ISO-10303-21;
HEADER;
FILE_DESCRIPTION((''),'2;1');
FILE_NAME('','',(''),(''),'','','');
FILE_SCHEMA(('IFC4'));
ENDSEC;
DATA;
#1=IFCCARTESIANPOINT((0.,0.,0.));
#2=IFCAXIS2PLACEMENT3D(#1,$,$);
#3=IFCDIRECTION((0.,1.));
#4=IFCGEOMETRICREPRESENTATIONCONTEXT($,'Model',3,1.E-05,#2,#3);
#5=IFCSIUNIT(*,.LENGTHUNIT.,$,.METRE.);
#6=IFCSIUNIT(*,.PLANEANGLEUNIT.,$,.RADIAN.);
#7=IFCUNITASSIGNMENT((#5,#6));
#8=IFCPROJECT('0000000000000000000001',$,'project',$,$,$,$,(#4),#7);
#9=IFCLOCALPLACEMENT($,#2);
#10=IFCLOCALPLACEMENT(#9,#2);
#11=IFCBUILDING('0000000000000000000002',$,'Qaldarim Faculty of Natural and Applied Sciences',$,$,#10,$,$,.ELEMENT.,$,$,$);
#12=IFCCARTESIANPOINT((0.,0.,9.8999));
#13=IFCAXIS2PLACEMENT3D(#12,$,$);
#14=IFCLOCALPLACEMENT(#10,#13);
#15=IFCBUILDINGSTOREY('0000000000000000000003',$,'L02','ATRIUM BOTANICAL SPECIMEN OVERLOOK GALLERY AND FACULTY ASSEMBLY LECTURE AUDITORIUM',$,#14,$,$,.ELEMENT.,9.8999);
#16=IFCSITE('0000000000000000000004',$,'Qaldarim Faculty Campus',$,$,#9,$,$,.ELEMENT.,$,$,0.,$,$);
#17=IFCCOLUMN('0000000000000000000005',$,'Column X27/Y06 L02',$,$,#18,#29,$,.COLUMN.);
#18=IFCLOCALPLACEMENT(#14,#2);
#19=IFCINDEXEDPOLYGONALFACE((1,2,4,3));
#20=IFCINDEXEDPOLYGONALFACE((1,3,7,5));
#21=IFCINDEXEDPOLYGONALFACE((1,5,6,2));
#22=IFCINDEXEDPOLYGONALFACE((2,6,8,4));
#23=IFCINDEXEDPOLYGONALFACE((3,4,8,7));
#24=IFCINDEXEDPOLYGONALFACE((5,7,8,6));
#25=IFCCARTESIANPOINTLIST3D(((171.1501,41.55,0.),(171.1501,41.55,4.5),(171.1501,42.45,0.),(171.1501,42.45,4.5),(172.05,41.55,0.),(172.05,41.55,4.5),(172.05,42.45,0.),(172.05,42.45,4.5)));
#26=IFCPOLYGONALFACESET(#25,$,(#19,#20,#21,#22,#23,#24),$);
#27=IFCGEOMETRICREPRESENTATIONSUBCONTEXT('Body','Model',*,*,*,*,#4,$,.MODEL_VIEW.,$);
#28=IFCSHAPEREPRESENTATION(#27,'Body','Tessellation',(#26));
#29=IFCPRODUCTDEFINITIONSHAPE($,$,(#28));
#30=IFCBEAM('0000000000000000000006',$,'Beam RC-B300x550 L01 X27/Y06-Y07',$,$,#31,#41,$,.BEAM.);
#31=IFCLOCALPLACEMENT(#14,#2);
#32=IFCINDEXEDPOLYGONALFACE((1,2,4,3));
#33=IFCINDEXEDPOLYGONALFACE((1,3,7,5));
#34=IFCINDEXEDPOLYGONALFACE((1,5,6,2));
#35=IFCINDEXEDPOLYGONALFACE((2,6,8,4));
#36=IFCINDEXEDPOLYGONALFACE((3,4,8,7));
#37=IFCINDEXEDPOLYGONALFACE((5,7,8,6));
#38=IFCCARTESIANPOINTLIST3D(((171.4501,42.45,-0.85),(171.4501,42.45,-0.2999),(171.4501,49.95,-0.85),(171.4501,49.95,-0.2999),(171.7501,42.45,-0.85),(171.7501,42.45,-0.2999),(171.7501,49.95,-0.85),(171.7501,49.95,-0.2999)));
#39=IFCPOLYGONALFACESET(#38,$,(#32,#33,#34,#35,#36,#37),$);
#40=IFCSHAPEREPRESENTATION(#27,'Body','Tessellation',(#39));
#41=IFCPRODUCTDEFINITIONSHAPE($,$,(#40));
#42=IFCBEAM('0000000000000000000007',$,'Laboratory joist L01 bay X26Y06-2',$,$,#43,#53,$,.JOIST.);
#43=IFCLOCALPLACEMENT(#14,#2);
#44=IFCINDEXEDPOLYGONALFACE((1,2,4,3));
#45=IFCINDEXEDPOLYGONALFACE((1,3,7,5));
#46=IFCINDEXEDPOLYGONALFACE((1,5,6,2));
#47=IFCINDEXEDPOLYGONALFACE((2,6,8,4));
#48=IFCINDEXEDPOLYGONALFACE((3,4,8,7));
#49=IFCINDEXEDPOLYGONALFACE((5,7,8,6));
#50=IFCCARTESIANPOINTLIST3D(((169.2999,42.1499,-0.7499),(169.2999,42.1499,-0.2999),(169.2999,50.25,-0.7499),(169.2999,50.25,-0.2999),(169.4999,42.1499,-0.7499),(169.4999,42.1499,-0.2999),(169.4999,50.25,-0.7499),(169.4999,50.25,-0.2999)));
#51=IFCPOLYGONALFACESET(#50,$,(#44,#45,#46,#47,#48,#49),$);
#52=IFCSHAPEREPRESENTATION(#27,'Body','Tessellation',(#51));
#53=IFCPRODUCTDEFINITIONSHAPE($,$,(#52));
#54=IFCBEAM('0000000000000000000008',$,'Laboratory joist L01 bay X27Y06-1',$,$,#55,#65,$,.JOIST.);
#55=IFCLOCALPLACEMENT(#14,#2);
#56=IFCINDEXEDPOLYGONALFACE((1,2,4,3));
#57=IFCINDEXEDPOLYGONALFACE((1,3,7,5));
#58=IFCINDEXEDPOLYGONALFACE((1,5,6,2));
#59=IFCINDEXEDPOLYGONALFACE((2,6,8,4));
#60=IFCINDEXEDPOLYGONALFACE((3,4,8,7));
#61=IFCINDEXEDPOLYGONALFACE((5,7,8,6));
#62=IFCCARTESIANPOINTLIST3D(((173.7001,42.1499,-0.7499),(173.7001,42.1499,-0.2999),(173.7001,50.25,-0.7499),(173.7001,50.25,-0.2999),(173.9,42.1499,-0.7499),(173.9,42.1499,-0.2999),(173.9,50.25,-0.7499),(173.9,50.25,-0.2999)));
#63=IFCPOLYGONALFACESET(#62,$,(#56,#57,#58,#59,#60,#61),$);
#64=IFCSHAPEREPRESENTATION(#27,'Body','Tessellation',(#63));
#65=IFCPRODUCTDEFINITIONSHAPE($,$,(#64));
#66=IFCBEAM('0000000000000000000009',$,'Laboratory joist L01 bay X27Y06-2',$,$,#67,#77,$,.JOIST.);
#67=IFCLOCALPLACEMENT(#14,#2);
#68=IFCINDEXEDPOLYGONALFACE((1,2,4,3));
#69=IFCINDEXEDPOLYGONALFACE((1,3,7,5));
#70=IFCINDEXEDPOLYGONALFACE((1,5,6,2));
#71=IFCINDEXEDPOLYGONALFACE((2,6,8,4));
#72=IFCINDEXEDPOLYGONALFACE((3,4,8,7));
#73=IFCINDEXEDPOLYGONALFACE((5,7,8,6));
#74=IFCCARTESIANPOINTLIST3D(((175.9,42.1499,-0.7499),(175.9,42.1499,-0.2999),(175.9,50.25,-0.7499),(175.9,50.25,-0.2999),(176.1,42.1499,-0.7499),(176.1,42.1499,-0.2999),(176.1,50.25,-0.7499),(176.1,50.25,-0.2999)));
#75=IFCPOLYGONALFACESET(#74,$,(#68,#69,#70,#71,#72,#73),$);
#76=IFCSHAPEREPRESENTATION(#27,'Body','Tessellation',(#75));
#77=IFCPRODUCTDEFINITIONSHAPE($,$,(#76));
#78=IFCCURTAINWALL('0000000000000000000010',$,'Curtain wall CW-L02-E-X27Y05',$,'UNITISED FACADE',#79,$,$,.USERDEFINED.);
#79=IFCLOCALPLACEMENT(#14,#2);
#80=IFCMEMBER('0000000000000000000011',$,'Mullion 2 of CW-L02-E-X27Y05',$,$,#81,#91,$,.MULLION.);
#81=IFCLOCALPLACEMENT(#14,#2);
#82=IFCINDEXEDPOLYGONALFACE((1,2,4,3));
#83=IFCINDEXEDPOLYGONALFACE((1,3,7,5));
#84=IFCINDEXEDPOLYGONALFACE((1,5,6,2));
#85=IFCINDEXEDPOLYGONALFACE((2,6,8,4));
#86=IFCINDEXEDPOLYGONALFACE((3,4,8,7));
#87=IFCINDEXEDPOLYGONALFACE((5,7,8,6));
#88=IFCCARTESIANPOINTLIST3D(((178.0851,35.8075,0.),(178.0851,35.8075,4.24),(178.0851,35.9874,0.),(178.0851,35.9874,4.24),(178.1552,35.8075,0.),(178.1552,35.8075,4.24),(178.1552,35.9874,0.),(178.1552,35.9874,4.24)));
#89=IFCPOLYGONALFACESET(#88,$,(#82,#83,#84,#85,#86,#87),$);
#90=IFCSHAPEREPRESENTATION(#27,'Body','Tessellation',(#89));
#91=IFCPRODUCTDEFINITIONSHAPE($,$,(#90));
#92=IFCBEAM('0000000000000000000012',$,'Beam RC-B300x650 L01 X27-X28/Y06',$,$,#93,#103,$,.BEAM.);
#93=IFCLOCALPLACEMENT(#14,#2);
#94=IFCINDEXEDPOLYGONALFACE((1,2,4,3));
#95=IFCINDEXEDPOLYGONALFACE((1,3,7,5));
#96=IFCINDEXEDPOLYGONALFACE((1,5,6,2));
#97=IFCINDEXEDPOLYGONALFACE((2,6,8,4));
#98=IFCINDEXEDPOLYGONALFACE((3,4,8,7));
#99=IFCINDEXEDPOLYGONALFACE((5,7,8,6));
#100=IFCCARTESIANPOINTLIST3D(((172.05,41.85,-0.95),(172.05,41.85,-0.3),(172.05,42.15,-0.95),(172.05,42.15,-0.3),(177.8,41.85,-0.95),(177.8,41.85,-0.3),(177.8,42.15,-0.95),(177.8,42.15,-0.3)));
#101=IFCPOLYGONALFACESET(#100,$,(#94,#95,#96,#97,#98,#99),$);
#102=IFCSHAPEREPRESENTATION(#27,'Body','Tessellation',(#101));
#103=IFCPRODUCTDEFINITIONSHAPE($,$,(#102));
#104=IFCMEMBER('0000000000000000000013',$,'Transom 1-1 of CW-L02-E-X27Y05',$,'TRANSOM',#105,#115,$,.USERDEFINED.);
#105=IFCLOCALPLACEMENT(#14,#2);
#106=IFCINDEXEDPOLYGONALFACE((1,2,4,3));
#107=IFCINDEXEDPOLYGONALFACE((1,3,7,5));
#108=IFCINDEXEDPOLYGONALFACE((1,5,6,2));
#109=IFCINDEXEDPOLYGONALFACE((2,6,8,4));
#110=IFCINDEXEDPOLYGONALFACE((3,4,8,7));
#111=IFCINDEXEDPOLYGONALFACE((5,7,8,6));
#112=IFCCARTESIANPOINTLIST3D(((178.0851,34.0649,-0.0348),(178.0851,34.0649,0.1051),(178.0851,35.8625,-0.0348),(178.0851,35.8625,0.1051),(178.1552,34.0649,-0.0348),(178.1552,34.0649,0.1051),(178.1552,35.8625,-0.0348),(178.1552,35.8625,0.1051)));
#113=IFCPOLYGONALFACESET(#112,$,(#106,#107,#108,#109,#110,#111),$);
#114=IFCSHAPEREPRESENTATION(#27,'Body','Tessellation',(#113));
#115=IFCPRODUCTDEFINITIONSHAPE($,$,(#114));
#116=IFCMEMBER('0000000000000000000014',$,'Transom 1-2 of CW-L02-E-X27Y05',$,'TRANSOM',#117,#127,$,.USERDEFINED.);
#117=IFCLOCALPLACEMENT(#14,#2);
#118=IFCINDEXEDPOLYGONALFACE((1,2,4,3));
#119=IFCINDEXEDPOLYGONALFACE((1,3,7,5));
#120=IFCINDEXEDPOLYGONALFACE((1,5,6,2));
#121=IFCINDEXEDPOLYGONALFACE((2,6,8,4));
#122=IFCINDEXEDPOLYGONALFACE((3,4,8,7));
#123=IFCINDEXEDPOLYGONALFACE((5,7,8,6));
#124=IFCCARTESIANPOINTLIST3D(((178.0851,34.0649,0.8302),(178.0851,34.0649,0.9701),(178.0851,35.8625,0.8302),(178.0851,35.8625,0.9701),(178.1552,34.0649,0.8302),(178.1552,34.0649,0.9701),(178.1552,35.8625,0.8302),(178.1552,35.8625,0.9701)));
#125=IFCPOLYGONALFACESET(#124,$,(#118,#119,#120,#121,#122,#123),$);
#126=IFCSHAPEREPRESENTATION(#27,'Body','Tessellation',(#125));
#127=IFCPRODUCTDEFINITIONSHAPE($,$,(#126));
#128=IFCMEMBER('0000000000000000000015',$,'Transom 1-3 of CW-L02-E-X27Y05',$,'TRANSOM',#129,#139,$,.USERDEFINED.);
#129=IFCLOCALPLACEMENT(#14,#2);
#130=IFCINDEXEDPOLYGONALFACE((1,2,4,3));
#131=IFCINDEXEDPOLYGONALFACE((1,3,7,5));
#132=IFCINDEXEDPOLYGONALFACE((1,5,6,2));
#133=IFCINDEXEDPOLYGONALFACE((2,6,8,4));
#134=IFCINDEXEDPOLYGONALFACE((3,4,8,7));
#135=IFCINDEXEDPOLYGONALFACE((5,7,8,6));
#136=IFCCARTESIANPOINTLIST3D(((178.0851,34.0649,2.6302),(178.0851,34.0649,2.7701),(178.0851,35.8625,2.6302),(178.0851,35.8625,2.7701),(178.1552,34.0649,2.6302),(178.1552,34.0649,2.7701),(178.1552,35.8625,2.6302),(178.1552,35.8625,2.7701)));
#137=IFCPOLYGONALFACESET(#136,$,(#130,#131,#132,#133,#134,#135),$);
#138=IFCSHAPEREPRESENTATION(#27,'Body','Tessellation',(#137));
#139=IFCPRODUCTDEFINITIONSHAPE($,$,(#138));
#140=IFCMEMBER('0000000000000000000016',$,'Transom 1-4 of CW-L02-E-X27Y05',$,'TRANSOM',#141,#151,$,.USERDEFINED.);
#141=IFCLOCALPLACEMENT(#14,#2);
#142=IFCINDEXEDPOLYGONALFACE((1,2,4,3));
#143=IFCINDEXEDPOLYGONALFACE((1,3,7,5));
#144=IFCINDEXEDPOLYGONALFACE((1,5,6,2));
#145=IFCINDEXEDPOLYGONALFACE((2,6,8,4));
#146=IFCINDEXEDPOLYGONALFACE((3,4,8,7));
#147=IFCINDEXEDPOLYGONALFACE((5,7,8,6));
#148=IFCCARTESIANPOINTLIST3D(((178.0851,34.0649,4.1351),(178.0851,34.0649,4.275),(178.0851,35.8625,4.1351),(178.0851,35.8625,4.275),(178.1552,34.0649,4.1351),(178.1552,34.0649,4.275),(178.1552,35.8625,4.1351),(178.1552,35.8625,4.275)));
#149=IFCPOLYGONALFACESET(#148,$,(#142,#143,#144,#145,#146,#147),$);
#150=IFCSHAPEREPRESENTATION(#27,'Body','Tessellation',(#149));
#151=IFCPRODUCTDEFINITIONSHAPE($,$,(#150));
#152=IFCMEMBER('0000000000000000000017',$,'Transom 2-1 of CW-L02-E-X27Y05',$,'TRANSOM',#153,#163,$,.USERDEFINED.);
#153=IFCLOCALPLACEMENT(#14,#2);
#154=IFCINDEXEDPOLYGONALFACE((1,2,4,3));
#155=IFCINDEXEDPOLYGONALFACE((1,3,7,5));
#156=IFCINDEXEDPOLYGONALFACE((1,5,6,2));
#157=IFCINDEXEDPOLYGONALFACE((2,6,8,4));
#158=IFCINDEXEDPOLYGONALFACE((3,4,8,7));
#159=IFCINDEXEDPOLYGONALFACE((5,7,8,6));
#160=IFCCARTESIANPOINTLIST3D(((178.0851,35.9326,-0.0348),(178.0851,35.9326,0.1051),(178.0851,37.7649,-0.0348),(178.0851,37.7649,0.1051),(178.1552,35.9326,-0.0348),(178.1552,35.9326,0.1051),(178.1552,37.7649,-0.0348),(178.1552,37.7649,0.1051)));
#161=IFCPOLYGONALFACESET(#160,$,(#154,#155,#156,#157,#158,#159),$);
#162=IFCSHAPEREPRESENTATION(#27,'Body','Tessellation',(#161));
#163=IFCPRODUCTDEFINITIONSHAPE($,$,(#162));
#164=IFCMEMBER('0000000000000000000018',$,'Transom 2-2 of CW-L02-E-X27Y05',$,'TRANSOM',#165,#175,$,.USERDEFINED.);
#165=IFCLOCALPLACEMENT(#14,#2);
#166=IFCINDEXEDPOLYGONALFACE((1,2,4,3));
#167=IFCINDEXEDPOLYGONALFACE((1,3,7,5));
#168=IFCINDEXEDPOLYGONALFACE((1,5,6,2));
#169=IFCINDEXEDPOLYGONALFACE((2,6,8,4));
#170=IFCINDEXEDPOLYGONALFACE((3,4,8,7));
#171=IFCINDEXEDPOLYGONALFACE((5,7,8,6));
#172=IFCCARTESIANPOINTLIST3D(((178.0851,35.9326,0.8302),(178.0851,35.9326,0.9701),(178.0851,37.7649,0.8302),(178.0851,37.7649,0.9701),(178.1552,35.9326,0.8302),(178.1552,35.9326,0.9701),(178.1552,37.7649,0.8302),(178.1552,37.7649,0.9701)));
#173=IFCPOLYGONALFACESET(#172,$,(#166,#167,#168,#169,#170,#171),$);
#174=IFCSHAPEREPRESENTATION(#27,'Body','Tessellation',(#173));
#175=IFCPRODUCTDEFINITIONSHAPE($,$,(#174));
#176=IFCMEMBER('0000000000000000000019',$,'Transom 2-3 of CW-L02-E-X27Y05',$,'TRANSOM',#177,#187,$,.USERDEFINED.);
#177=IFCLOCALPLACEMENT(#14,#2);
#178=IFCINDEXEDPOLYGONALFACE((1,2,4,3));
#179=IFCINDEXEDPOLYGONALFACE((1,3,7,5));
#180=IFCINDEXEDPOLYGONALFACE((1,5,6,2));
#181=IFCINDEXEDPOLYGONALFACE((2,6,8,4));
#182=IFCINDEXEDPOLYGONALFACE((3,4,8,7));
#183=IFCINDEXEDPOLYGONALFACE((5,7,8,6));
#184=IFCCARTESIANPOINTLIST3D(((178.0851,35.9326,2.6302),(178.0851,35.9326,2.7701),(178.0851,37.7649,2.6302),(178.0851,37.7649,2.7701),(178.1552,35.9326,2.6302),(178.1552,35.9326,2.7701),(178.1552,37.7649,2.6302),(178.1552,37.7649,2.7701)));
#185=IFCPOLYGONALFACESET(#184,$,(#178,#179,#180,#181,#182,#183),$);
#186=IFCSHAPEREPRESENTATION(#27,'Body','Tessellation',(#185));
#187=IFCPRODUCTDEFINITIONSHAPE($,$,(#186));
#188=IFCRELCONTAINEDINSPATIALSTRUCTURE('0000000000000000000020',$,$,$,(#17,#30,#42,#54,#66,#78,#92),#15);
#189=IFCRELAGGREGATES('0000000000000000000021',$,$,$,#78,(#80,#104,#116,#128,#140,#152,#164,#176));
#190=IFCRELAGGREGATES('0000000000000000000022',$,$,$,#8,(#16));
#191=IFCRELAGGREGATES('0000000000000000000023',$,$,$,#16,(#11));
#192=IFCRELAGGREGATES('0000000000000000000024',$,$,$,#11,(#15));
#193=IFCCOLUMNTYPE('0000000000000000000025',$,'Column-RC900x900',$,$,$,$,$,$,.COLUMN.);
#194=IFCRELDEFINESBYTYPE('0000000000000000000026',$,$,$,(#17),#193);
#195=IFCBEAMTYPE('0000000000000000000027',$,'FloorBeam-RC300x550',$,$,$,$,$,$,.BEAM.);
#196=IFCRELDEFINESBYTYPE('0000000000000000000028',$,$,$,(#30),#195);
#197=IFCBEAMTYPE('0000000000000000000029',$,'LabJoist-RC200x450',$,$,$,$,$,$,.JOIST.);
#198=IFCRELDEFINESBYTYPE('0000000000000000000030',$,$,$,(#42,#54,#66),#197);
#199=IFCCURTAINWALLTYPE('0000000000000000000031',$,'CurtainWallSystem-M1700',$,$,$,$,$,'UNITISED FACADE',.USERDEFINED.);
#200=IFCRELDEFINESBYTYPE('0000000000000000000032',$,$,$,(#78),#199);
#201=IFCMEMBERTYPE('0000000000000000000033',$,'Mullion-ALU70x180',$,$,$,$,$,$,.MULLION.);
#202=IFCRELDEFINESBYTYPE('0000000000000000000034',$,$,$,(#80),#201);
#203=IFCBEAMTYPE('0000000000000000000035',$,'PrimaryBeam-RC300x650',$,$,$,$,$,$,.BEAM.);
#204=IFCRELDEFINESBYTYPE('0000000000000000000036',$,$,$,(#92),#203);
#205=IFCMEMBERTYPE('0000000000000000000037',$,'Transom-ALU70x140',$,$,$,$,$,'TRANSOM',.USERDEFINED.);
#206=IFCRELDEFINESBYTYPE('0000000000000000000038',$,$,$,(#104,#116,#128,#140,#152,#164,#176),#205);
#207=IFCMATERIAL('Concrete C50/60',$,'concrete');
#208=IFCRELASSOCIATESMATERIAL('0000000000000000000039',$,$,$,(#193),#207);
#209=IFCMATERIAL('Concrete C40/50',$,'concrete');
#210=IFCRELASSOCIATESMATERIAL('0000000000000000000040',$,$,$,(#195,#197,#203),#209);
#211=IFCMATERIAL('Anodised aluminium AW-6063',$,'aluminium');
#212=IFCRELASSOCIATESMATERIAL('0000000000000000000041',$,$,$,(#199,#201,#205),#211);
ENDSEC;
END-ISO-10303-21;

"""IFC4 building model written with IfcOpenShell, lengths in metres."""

from ifc_helpers import new_model, si_unit, direction, frame, origin, origin_2d, place, context, subcontext, project, spatial, rectangle, extrude, material, material_profile, profile_set, type_object, element, aggregate, save


model = new_model("IFC4")

# Units and contexts
model_context = context("Model", 3, precision=1e-05, world=origin(), true_north=direction((0.0, 1.0)))
body_context = subcontext(model_context, "Body", "Model", "MODEL_VIEW")
ifc_project = project(units=[si_unit("LENGTHUNIT", "METRE"), si_unit("PLANEANGLEUNIT", "RADIAN")], contexts=[model_context])

# Site, building, storey
site_placement = place(None, origin())
site = spatial("IfcSite", under=ifc_project, at=site_placement, Name="Qaldarim Faculty Campus", CompositionType="ELEMENT", RefElevation=0.0)
building_placement = place(site_placement, origin())
building = spatial("IfcBuilding", under=site, at=building_placement, Name="Qaldarim Faculty of Natural and Applied Sciences", CompositionType="ELEMENT")
storey_placement = place(building_placement, frame((0.0, 0.0, 9.8999)))
storey = spatial("IfcBuildingStorey", under=building, at=storey_placement, Name="L02", Description="ATRIUM BOTANICAL SPECIMEN OVERLOOK GALLERY AND FACULTY ASSEMBLY LECTURE AUDITORIUM", CompositionType="ELEMENT", Elevation=9.8999)

# Column
ifc_material_1 = material(Name="Concrete C50/60", Category="concrete")
ifc_material_profile_1 = material_profile(ifc_material_1, rectangle(XDim=0.8999, YDim=0.8999, at=origin_2d()), Name="RC-C900x900")
ifc_profile_set_1 = profile_set([ifc_material_profile_1], Name="Concrete C50/60")
column_type = type_object("IfcColumnType", Name="Column-RC900x900", PredefinedType="COLUMN", material=ifc_profile_set_1)
column_placement = place(storey_placement, frame((171.6001, 42.0, 0.0), z_axis=(0.0, 0.0, 1.0), x_axis=(1.0, 0.0, 0.0)))
element("IfcColumn", 1, at=column_placement, inside=storey, type_object=column_type, Name="Column X27/Y06 L02", PredefinedType="COLUMN", context=body_context, shape_type="SweptSolid", body=[
    extrude(rectangle(XDim=0.8999, YDim=0.8999, at=origin_2d()), origin(), (0.0, 0.0, 1.0), 4.5),
])

# Beams
ifc_material_2 = material(Name="Concrete C40/50", Category="concrete")
ifc_material_profile_2 = material_profile(ifc_material_2, rectangle(XDim=0.3, YDim=0.55, at=origin_2d()), Name="RC-B300x550")
ifc_profile_set_2 = profile_set([ifc_material_profile_2], Name="Concrete C40/50")
beam_type_1 = type_object("IfcBeamType", Name="FloorBeam-RC300x550", PredefinedType="BEAM", material=ifc_profile_set_2)
beam_1_placement = place(storey_placement, frame((171.6001, 42.45, -0.575), z_axis=(0.0, 1.0, 0.0), x_axis=(-1.0, 0.0, 0.0)))
element("IfcBeam", 2, at=beam_1_placement, inside=storey, type_object=beam_type_1, Name="Beam RC-B300x550 L01 X27/Y06-Y07", PredefinedType="BEAM", context=body_context, shape_type="SweptSolid", body=[
    extrude(rectangle(XDim=0.3, YDim=0.55, at=origin_2d()), origin(), (0.0, 0.0, 1.0), 7.5),
])
ifc_material_profile_3 = material_profile(ifc_material_2, rectangle(XDim=0.2, YDim=0.45, at=origin_2d()), Name="RC-J200x450")
ifc_profile_set_3 = profile_set([ifc_material_profile_3], Name="Concrete C40/50")
beam_type_2 = type_object("IfcBeamType", Name="LabJoist-RC200x450", PredefinedType="JOIST", material=ifc_profile_set_3)
for number, where, z_axis, x_axis, name in (
    (3, (169.3999, 42.1499, -0.5249), (0.0, 1.0, 0.0), (-1.0, 0.0, 0.0), "Laboratory joist L01 bay X26Y06-2"),
    (4, (173.8, 42.1499, -0.5249), (0.0, 1.0, 0.0), (-1.0, 0.0, 0.0), "Laboratory joist L01 bay X27Y06-1"),
    (5, (176.0, 42.1499, -0.5249), (0.0, 1.0, 0.0), (-1.0, 0.0, 0.0), "Laboratory joist L01 bay X27Y06-2"),
):
    element("IfcBeam", number, at=place(storey_placement, frame(where, z_axis=z_axis, x_axis=x_axis)), inside=storey, type_object=beam_type_2, Name=name, PredefinedType="JOIST", context=body_context, shape_type="SweptSolid", body=[
        extrude(rectangle(XDim=0.2, YDim=0.45, at=origin_2d()), origin(), (0.0, 0.0, 1.0), 8.1001),
    ])

# Curtain wall, member
ifc_material_3 = material(Name="Anodised aluminium AW-6063", Category="aluminium")
curtain_wall_type = type_object("IfcCurtainWallType", Name="CurtainWallSystem-M1700", ElementType="UNITISED FACADE", PredefinedType="USERDEFINED", material=ifc_material_3)
curtain_wall_placement = place(storey_placement, origin())
curtain_wall = element("IfcCurtainWall", 6, at=curtain_wall_placement, inside=storey, type_object=curtain_wall_type, Name="Curtain wall CW-L02-E-X27Y05", ObjectType="UNITISED FACADE", PredefinedType="USERDEFINED")
ifc_material_profile_4 = material_profile(ifc_material_3, rectangle(XDim=0.0701, YDim=0.1799, at=origin_2d()), Name="ALU-M70x180")
ifc_profile_set_4 = profile_set([ifc_material_profile_4], Name="Anodised aluminium AW-6063")
member_type_1 = type_object("IfcMemberType", Name="Mullion-ALU70x180", PredefinedType="MULLION", material=ifc_profile_set_4)
member_1_placement = place(storey_placement, frame((178.1201, 35.8975, 0.0), z_axis=(0.0, 0.0, 1.0), x_axis=(-1.0, 0.0, 0.0)))
member_1 = element("IfcMember", 7, at=member_1_placement, type_object=member_type_1, Name="Mullion 2 of CW-L02-E-X27Y05", PredefinedType="MULLION", context=body_context, shape_type="SweptSolid", body=[
    extrude(rectangle(XDim=0.0701, YDim=0.1799, at=origin_2d()), origin(), (0.0, 0.0, 1.0), 4.24),
])

# Beam
ifc_material_profile_5 = material_profile(ifc_material_2, rectangle(XDim=0.3, YDim=0.6499, at=origin_2d()), Name="RC-B300x650")
ifc_profile_set_5 = profile_set([ifc_material_profile_5], Name="Concrete C40/50")
beam_type_3 = type_object("IfcBeamType", Name="PrimaryBeam-RC300x650", PredefinedType="BEAM", material=ifc_profile_set_5)
beam_2_placement = place(storey_placement, frame((172.05, 42.0, -0.625), z_axis=(1.0, 0.0, 0.0), x_axis=(0.0, 1.0, 0.0)))
element("IfcBeam", 8, at=beam_2_placement, inside=storey, type_object=beam_type_3, Name="Beam RC-B300x650 L01 X27-X28/Y06", PredefinedType="BEAM", context=body_context, shape_type="SweptSolid", body=[
    extrude(rectangle(XDim=0.3, YDim=0.6499, at=origin_2d()), origin(), (0.0, 0.0, 1.0), 5.75),
])

# Members
ifc_material_profile_6 = material_profile(ifc_material_3, rectangle(XDim=0.0701, YDim=0.1399, at=origin_2d()), Name="ALU-T70x140")
ifc_profile_set_6 = profile_set([ifc_material_profile_6], Name="Anodised aluminium AW-6063")
member_type_2 = type_object("IfcMemberType", Name="Transom-ALU70x140", ElementType="TRANSOM", PredefinedType="USERDEFINED", material=ifc_profile_set_6)
member_2_placement = place(storey_placement, frame((178.1201, 34.0649, 0.0352), z_axis=(0.0, 1.0, 0.0), x_axis=(-1.0, 0.0, 0.0)))
member_2 = element("IfcMember", 9, at=member_2_placement, type_object=member_type_2, Name="Transom 1-1 of CW-L02-E-X27Y05", ObjectType="TRANSOM", PredefinedType="USERDEFINED", context=body_context, shape_type="SweptSolid", body=[
    extrude(rectangle(XDim=0.0701, YDim=0.1399, at=origin_2d()), origin(), (0.0, 0.0, 1.0), 1.7976),
])
member_3_placement = place(storey_placement, frame((178.1201, 34.0649, 0.9001), z_axis=(0.0, 1.0, 0.0), x_axis=(-1.0, 0.0, 0.0)))
member_3 = element("IfcMember", 10, at=member_3_placement, type_object=member_type_2, Name="Transom 1-2 of CW-L02-E-X27Y05", ObjectType="TRANSOM", PredefinedType="USERDEFINED", context=body_context, shape_type="SweptSolid", body=[
    extrude(rectangle(XDim=0.0701, YDim=0.1399, at=origin_2d()), origin(), (0.0, 0.0, 1.0), 1.7976),
])
member_4_placement = place(storey_placement, frame((178.1201, 34.0649, 2.7002), z_axis=(0.0, 1.0, 0.0), x_axis=(-1.0, 0.0, 0.0)))
member_4 = element("IfcMember", 11, at=member_4_placement, type_object=member_type_2, Name="Transom 1-3 of CW-L02-E-X27Y05", ObjectType="TRANSOM", PredefinedType="USERDEFINED", context=body_context, shape_type="SweptSolid", body=[
    extrude(rectangle(XDim=0.0701, YDim=0.1399, at=origin_2d()), origin(), (0.0, 0.0, 1.0), 1.7976),
])
member_5_placement = place(storey_placement, frame((178.1201, 34.0649, 4.2051), z_axis=(0.0, 1.0, 0.0), x_axis=(-1.0, 0.0, 0.0)))
member_5 = element("IfcMember", 12, at=member_5_placement, type_object=member_type_2, Name="Transom 1-4 of CW-L02-E-X27Y05", ObjectType="TRANSOM", PredefinedType="USERDEFINED", context=body_context, shape_type="SweptSolid", body=[
    extrude(rectangle(XDim=0.0701, YDim=0.1399, at=origin_2d()), origin(), (0.0, 0.0, 1.0), 1.7976),
])
member_6_placement = place(storey_placement, frame((178.1201, 35.9326, 0.0352), z_axis=(0.0, 1.0, 0.0), x_axis=(-1.0, 0.0, 0.0)))
member_6 = element("IfcMember", 13, at=member_6_placement, type_object=member_type_2, Name="Transom 2-1 of CW-L02-E-X27Y05", ObjectType="TRANSOM", PredefinedType="USERDEFINED", context=body_context, shape_type="SweptSolid", body=[
    extrude(rectangle(XDim=0.0701, YDim=0.1399, at=origin_2d()), origin(), (0.0, 0.0, 1.0), 1.8323),
])
member_7_placement = place(storey_placement, frame((178.1201, 35.9326, 0.9001), z_axis=(0.0, 1.0, 0.0), x_axis=(-1.0, 0.0, 0.0)))
member_7 = element("IfcMember", 14, at=member_7_placement, type_object=member_type_2, Name="Transom 2-2 of CW-L02-E-X27Y05", ObjectType="TRANSOM", PredefinedType="USERDEFINED", context=body_context, shape_type="SweptSolid", body=[
    extrude(rectangle(XDim=0.0701, YDim=0.1399, at=origin_2d()), origin(), (0.0, 0.0, 1.0), 1.8323),
])
member_8_placement = place(storey_placement, frame((178.1201, 35.9326, 2.7002), z_axis=(0.0, 1.0, 0.0), x_axis=(-1.0, 0.0, 0.0)))
member_8 = element("IfcMember", 15, at=member_8_placement, type_object=member_type_2, Name="Transom 2-3 of CW-L02-E-X27Y05", ObjectType="TRANSOM", PredefinedType="USERDEFINED", context=body_context, shape_type="SweptSolid", body=[
    extrude(rectangle(XDim=0.0701, YDim=0.1399, at=origin_2d()), origin(), (0.0, 0.0, 1.0), 1.8323),
])

aggregate(curtain_wall, [member_1, member_2, member_3, member_4, member_5, member_6, member_7, member_8])

save(model, "model.ifc")
